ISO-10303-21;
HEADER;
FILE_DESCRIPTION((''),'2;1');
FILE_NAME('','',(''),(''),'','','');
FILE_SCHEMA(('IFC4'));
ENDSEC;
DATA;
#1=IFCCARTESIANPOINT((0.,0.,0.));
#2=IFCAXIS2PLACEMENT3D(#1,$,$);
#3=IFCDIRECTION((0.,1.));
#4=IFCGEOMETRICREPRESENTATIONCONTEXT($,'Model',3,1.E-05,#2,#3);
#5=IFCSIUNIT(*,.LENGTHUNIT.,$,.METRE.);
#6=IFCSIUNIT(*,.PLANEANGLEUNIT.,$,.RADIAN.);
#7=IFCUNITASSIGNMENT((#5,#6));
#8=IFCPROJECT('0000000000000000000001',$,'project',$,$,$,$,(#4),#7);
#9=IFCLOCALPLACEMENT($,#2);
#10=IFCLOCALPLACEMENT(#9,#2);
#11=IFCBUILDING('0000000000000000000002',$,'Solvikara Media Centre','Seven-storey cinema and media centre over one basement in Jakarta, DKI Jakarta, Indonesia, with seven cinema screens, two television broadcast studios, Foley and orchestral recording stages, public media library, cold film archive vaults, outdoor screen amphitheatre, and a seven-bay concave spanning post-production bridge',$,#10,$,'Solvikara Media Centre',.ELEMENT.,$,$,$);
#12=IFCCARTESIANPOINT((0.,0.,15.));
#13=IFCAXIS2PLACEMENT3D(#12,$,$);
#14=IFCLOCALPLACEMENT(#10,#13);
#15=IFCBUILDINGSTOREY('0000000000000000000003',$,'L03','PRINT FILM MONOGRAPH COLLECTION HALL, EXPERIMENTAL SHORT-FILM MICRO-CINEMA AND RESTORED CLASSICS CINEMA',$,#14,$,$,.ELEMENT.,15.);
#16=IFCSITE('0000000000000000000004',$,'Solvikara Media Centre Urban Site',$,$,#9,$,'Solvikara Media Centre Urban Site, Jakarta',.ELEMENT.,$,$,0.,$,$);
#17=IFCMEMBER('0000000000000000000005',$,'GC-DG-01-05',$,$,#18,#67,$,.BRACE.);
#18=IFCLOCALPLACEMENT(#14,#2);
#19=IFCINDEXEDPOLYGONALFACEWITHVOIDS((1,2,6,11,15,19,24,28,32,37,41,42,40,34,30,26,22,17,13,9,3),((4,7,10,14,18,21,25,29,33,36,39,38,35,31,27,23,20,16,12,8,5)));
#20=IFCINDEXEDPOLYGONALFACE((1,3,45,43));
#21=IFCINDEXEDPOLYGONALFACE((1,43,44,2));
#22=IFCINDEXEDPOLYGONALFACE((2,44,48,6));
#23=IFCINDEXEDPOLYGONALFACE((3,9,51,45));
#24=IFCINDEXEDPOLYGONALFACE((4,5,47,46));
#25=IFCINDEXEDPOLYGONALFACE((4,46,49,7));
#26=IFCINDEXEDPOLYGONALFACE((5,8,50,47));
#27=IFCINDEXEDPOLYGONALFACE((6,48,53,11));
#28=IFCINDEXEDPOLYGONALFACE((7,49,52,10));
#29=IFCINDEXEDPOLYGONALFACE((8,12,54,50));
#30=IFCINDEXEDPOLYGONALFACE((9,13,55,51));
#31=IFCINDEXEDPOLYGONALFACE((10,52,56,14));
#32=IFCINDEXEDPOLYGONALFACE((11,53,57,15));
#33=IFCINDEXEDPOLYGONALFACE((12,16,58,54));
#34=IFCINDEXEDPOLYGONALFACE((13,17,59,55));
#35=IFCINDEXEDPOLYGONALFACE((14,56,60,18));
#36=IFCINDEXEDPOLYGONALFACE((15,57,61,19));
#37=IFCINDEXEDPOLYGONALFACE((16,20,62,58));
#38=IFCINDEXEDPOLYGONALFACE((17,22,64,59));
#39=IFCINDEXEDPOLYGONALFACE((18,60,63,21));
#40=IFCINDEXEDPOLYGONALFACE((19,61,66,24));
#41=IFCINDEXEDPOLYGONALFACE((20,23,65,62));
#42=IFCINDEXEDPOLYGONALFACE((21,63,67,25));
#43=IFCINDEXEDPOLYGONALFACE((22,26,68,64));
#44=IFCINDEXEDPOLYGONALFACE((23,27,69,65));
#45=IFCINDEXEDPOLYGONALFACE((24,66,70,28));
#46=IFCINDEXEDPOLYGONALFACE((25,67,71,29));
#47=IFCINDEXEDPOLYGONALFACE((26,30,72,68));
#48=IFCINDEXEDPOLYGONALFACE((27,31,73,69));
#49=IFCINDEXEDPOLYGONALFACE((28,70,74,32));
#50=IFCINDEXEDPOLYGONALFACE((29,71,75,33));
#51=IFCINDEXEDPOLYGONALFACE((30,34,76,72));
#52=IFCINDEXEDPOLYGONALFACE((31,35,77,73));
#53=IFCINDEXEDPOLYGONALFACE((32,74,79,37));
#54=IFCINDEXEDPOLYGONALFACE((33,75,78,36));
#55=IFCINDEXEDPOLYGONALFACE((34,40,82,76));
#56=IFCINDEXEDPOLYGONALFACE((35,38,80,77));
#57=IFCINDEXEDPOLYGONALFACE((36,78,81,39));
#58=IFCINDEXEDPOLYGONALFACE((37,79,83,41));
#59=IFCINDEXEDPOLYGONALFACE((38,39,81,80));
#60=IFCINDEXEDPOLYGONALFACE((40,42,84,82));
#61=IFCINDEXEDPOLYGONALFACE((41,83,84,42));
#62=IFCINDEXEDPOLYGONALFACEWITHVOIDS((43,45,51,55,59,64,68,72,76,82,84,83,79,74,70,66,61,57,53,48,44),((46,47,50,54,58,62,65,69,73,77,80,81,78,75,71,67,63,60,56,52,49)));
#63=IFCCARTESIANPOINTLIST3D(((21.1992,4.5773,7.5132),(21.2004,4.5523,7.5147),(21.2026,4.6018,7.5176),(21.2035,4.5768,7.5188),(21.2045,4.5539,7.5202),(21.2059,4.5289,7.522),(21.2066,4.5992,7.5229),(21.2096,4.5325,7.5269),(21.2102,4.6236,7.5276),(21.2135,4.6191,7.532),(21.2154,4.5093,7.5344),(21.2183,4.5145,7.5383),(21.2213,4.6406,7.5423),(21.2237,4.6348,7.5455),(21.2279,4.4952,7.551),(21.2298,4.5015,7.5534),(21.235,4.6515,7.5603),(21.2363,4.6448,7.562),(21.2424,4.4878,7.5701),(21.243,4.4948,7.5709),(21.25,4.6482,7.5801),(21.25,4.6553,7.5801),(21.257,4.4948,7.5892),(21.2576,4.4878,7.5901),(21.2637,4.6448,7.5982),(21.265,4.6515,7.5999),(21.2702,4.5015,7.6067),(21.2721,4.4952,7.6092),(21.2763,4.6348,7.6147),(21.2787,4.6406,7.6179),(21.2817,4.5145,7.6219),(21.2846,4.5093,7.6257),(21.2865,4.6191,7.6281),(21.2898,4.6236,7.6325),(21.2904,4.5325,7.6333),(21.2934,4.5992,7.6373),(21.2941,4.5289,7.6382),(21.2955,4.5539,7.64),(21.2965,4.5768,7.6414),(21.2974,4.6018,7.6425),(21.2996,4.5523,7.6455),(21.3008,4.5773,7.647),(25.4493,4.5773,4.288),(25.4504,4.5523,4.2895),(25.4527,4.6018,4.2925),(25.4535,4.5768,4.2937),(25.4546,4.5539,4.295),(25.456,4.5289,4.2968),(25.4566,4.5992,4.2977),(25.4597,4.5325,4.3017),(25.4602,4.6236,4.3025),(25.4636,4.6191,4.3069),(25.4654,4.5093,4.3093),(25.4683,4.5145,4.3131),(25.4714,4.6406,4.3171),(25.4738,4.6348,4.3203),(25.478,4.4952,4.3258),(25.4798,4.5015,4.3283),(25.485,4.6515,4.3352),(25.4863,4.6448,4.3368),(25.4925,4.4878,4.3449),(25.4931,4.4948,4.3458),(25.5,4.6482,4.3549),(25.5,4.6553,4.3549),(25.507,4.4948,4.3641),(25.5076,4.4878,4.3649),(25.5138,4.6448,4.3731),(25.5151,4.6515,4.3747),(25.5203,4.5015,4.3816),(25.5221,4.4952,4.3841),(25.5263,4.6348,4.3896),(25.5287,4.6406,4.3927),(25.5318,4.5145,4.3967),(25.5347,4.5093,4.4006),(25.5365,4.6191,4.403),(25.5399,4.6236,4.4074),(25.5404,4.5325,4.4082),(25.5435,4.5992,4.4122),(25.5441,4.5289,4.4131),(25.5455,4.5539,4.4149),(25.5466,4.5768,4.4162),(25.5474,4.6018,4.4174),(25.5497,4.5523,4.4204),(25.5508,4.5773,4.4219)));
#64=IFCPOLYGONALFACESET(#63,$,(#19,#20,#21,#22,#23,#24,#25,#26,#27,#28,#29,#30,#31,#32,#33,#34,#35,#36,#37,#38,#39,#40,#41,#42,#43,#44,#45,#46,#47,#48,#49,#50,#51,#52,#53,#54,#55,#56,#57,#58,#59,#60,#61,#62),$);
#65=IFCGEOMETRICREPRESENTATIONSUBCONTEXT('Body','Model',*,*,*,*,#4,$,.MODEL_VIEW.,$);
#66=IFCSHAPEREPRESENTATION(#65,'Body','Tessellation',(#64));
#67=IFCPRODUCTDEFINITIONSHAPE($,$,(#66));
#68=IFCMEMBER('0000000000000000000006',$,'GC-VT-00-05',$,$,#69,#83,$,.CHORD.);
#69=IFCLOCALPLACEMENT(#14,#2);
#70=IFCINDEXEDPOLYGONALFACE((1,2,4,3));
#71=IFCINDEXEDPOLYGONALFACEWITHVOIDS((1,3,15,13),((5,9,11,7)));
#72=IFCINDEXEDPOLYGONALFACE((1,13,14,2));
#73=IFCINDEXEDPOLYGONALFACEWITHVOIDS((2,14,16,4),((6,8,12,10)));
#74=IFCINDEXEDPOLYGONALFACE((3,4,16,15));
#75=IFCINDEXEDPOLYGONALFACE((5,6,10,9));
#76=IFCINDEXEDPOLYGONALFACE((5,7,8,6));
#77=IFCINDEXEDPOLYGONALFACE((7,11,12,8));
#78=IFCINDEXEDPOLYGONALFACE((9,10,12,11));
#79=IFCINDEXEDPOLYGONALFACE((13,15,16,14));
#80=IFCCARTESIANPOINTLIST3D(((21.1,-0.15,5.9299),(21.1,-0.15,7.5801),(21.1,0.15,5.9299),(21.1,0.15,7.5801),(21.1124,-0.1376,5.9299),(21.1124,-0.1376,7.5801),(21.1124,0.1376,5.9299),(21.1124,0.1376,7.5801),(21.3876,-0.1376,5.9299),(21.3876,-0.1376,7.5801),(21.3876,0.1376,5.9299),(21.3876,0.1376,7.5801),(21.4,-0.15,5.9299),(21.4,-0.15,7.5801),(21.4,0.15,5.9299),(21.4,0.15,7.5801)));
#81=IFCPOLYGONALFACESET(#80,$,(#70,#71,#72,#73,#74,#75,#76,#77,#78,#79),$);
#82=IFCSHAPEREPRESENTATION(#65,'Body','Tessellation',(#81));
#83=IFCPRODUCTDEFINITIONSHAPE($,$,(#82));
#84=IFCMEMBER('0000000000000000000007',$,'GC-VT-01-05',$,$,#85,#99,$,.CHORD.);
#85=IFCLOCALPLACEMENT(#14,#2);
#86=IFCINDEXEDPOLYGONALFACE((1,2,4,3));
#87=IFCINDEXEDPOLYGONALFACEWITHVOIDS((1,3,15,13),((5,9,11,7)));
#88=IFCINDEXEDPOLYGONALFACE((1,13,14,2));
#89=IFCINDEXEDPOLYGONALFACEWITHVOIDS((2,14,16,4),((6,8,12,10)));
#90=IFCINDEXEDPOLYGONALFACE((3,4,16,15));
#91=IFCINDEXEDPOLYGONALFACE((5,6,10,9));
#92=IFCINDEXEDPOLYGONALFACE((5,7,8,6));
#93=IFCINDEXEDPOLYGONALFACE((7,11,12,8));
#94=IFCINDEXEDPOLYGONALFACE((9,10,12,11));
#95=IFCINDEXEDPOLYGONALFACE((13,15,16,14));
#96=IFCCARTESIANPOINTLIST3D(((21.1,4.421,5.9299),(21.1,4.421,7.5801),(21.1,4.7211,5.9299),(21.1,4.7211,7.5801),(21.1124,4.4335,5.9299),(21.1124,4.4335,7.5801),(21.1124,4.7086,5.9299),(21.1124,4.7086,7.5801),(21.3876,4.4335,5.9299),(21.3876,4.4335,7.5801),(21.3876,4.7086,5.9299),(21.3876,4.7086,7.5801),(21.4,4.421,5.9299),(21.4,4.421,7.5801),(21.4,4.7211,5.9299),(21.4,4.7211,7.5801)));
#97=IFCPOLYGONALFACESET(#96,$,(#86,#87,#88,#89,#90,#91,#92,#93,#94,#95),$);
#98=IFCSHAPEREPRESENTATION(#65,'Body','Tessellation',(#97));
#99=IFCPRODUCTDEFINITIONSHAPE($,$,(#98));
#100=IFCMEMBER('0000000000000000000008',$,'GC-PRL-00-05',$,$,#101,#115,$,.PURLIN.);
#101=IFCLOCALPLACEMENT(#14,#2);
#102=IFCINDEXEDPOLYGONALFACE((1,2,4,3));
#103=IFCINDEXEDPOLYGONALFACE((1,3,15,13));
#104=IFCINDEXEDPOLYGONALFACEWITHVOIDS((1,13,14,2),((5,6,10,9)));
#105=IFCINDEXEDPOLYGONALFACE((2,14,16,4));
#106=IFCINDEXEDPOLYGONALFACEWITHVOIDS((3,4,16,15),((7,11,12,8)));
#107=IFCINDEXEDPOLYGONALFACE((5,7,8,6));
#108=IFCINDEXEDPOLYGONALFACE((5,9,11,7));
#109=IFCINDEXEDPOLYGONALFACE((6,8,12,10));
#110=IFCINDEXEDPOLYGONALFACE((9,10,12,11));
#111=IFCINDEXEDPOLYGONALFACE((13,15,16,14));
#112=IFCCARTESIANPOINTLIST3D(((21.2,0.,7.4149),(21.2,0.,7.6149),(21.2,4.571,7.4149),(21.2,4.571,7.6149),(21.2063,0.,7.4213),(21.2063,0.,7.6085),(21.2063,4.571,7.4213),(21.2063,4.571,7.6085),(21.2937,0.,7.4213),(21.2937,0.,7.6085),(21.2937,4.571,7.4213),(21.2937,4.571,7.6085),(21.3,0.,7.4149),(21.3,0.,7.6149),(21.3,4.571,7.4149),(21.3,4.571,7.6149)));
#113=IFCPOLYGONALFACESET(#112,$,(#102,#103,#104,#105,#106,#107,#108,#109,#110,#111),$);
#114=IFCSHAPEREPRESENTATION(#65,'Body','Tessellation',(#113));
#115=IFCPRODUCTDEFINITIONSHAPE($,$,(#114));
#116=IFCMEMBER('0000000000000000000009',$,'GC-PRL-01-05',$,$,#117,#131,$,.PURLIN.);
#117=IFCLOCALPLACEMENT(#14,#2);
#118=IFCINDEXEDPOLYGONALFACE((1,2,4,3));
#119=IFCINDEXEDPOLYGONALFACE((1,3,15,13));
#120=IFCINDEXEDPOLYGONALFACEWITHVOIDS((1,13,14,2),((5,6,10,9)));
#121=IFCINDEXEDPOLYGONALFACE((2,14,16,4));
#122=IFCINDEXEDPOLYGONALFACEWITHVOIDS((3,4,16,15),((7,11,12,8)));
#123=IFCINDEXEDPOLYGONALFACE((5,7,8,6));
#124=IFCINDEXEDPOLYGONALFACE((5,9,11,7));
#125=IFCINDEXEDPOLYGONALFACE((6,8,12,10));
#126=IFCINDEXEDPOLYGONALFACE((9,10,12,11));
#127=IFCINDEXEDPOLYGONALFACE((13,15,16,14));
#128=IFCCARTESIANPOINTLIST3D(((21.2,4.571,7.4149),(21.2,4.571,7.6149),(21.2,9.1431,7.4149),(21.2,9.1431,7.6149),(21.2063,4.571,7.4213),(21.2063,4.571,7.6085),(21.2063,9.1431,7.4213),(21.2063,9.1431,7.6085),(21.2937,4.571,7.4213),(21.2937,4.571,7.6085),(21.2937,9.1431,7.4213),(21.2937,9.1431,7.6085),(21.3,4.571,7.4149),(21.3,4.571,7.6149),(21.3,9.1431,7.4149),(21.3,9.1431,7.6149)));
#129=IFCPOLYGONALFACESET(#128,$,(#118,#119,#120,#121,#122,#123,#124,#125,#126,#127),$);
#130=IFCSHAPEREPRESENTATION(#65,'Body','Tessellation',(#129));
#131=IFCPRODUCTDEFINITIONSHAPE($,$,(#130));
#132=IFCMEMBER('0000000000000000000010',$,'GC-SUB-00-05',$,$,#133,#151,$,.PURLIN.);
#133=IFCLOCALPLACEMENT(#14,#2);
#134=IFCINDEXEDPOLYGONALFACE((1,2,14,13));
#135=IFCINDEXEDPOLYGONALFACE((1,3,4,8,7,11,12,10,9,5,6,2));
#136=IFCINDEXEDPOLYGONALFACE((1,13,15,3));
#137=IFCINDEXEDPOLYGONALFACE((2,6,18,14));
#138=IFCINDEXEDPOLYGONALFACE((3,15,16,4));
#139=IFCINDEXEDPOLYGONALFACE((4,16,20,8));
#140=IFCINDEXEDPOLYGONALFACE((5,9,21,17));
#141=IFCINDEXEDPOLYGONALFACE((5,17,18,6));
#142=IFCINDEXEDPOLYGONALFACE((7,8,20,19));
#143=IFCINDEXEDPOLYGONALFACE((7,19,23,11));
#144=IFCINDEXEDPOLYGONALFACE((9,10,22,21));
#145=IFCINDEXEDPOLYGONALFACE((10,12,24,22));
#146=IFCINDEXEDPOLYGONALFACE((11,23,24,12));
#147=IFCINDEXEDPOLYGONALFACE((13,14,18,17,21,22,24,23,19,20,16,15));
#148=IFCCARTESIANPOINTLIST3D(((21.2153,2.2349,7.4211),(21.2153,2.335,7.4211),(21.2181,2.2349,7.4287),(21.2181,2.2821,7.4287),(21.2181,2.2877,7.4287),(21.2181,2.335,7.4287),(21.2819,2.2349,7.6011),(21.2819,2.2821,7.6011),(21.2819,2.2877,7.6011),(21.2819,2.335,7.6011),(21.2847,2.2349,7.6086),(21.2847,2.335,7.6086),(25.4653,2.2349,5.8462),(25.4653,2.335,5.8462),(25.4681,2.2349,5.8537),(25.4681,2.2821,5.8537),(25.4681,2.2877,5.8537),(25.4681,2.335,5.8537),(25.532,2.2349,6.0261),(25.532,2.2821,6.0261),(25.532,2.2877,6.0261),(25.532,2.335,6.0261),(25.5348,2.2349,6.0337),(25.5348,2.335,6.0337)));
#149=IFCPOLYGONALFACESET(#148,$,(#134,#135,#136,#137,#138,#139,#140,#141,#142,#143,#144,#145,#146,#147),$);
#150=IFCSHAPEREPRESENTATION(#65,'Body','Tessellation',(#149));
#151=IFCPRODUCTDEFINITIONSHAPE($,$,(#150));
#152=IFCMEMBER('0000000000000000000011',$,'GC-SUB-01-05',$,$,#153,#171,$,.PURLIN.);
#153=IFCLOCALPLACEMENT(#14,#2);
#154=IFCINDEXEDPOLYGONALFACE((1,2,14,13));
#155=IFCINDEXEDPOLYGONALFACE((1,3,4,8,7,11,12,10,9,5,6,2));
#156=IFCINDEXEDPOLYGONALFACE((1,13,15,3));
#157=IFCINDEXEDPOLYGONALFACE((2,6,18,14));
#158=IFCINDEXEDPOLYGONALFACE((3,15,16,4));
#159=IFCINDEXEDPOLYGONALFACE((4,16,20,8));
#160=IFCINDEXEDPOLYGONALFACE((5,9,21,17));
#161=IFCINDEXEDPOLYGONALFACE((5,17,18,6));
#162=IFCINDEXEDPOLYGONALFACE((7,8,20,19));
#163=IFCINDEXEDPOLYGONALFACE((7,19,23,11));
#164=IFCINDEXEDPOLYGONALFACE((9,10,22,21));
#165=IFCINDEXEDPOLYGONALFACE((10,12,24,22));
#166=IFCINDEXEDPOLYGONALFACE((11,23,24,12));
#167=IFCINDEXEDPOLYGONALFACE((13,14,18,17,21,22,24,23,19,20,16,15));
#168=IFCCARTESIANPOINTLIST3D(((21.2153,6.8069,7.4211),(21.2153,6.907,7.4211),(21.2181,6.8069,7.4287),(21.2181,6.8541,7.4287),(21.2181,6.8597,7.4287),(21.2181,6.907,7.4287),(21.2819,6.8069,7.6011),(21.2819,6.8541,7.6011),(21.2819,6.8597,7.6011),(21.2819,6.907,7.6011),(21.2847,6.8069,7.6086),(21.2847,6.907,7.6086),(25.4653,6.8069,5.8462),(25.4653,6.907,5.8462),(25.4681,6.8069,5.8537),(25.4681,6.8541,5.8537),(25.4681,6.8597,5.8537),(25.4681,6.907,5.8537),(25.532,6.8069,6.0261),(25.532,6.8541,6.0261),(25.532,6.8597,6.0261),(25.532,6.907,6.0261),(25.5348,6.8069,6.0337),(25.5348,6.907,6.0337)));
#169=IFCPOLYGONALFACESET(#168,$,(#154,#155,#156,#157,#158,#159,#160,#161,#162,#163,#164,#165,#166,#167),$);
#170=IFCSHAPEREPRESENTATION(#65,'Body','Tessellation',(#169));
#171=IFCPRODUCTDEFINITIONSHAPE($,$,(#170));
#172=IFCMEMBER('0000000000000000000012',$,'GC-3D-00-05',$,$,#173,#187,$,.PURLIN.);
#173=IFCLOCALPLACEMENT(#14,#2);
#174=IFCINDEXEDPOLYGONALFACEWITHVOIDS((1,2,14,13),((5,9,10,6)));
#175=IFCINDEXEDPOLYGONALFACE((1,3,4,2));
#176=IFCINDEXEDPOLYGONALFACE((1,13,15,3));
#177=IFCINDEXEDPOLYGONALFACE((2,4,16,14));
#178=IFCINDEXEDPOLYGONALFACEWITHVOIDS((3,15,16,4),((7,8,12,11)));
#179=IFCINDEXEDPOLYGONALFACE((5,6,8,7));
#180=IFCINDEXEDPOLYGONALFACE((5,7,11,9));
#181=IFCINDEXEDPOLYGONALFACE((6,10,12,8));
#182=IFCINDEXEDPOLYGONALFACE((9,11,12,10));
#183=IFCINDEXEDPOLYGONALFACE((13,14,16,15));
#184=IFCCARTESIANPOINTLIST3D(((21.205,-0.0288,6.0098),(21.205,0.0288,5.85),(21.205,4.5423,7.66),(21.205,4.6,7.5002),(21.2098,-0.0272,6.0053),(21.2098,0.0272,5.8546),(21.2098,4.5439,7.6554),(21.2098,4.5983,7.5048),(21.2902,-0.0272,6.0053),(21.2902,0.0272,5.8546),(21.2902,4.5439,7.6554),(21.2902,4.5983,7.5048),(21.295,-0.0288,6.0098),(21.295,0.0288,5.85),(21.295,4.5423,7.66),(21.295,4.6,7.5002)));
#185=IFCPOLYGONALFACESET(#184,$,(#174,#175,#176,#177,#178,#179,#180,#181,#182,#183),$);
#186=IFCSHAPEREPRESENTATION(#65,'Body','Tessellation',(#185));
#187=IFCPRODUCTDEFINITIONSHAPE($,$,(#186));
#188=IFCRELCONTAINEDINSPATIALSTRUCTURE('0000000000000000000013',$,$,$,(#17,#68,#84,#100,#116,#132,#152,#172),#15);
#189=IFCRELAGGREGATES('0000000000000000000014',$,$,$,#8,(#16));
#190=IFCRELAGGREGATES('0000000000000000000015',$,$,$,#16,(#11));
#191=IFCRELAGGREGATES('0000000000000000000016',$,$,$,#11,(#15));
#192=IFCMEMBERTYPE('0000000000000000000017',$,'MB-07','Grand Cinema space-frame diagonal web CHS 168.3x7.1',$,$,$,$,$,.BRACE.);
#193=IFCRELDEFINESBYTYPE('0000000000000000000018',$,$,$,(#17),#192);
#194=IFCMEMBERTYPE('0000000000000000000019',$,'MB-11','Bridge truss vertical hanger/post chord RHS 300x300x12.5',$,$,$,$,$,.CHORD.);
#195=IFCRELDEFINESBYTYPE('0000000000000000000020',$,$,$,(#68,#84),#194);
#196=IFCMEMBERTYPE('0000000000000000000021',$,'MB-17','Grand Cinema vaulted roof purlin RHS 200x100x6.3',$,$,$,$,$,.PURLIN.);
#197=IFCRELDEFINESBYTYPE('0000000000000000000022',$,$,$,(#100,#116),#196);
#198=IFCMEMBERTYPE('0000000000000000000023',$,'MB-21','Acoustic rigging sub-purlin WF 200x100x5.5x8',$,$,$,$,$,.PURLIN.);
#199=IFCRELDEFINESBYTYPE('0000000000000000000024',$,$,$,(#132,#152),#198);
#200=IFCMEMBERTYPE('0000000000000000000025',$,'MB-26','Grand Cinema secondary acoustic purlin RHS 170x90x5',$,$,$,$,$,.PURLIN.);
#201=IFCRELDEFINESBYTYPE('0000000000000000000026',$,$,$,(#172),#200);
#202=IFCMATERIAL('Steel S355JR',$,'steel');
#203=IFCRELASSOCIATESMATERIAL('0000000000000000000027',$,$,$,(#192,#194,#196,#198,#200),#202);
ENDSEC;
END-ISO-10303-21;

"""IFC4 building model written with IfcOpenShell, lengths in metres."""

from ifc_helpers import new_model, si_unit, direction, frame, origin, origin_2d, place, context, subcontext, project, spatial, hollow_rectangle, hollow_circle, i_section, extrude, material, material_profile, profile_set, type_object, element, save


model = new_model("IFC4")

# Units and contexts
model_context = context("Model", 3, precision=1e-05, world=origin(), true_north=direction((0.0, 1.0)))
body_context = subcontext(model_context, "Body", "Model", "MODEL_VIEW")
ifc_project = project(units=[si_unit("LENGTHUNIT", "METRE"), si_unit("PLANEANGLEUNIT", "RADIAN")], contexts=[model_context])

# Site, building, storey
site_placement = place(None, origin())
site = spatial("IfcSite", under=ifc_project, at=site_placement, Name="Solvikara Media Centre Urban Site", LongName="Solvikara Media Centre Urban Site, Jakarta", CompositionType="ELEMENT", RefElevation=0.0)
building_placement = place(site_placement, origin())
building = spatial("IfcBuilding", under=site, at=building_placement, Name="Solvikara Media Centre", Description="Seven-storey cinema and media centre over one basement in Jakarta, DKI Jakarta, Indonesia, with seven cinema screens, two television broadcast studios, Foley and orchestral recording stages, public media library, cold film archive vaults, outdoor screen amphitheatre, and a seven-bay concave spanning post-production bridge", LongName="Solvikara Media Centre", CompositionType="ELEMENT")
storey_placement = place(building_placement, frame((0.0, 0.0, 15.0)))
storey = spatial("IfcBuildingStorey", under=building, at=storey_placement, Name="L03", Description="PRINT FILM MONOGRAPH COLLECTION HALL, EXPERIMENTAL SHORT-FILM MICRO-CINEMA AND RESTORED CLASSICS CINEMA", CompositionType="ELEMENT", Elevation=15.0)

# Members
ifc_material_1 = material(Name="Steel S355JR", Category="steel")
ifc_material_profile_1 = material_profile(ifc_material_1, hollow_circle(Radius=0.0842, WallThickness=0.0071, at=origin_2d()), Name="CHS 168.3x7.1")
ifc_profile_set_1 = profile_set([ifc_material_profile_1], Name="Steel S355JR")
member_type_1 = type_object("IfcMemberType", Name="MB-07", Description="Grand Cinema space-frame diagonal web CHS 168.3x7.1", PredefinedType="BRACE", material=ifc_profile_set_1)
for number, where, z_axis, x_axis, name in (
    (1, (21.25, 4.571, 7.5801), (0.796605, 0.0, -0.604501), (0.0, 1.0, 0.0), "GC-DG-01-05"),
):
    element("IfcMember", number, at=place(storey_placement, frame(where, z_axis=z_axis, x_axis=x_axis)), inside=storey, type_object=member_type_1, Name=name, PredefinedType="BRACE", context=body_context, shape_type="SweptSolid", body=[
        extrude(hollow_circle(Radius=0.0842, WallThickness=0.0071, at=origin_2d()), origin(), (0.0, 0.0, 1.0), 5.3352),
    ])
ifc_material_profile_2 = material_profile(ifc_material_1, hollow_rectangle(XDim=0.3, YDim=0.3, WallThickness=0.0125, at=origin_2d()), Name="RHS 300x300x12.5")
ifc_profile_set_2 = profile_set([ifc_material_profile_2], Name="Steel S355JR")
member_type_2 = type_object("IfcMemberType", Name="MB-11", Description="Bridge truss vertical hanger/post chord RHS 300x300x12.5", PredefinedType="CHORD", material=ifc_profile_set_2)
for number, where, z_axis, x_axis, name in (
    (2, (21.25, 0.0, 5.9299), (0.0, 0.0, 1.0), (1.0, 0.0, 0.0), "GC-VT-00-05"),
    (3, (21.25, 4.571, 5.9299), (0.0, 0.0, 1.0), (1.0, 0.0, 0.0), "GC-VT-01-05"),
):
    element("IfcMember", number, at=place(storey_placement, frame(where, z_axis=z_axis, x_axis=x_axis)), inside=storey, type_object=member_type_2, Name=name, PredefinedType="CHORD", context=body_context, shape_type="SweptSolid", body=[
        extrude(hollow_rectangle(XDim=0.3, YDim=0.3, WallThickness=0.0125, at=origin_2d()), origin(), (0.0, 0.0, 1.0), 1.6501),
    ])
ifc_material_profile_3 = material_profile(ifc_material_1, hollow_rectangle(XDim=0.1001, YDim=0.2, WallThickness=0.0063, at=origin_2d()), Name="RHS 200x100x6.3")
ifc_profile_set_3 = profile_set([ifc_material_profile_3], Name="Steel S355JR")
member_type_3 = type_object("IfcMemberType", Name="MB-17", Description="Grand Cinema vaulted roof purlin RHS 200x100x6.3", PredefinedType="PURLIN", material=ifc_profile_set_3)
member_1_placement = place(storey_placement, frame((21.25, 0.0, 7.5149), z_axis=(0.0, 1.0, 0.0), x_axis=(-1.0, 0.0, 0.0)))
element("IfcMember", 4, at=member_1_placement, inside=storey, type_object=member_type_3, Name="GC-PRL-00-05", PredefinedType="PURLIN", context=body_context, shape_type="SweptSolid", body=[
    extrude(hollow_rectangle(XDim=0.1001, YDim=0.2, WallThickness=0.0063, at=origin_2d()), origin(), (0.0, 0.0, 1.0), 4.571),
])
member_2_placement = place(storey_placement, frame((21.25, 4.571, 7.5149), z_axis=(0.0, 1.0, 0.0), x_axis=(-1.0, 0.0, 0.0)))
element("IfcMember", 5, at=member_2_placement, inside=storey, type_object=member_type_3, Name="GC-PRL-01-05", PredefinedType="PURLIN", context=body_context, shape_type="SweptSolid", body=[
    extrude(hollow_rectangle(XDim=0.1001, YDim=0.2, WallThickness=0.0063, at=origin_2d()), origin(), (0.0, 0.0, 1.0), 4.572),
])
ifc_material_profile_4 = material_profile(ifc_material_1, i_section(OverallWidth=0.1001, OverallDepth=0.2, WebThickness=0.0056, FlangeThickness=0.0081, at=origin_2d()), Name="WF 200x100x5.5x8")
ifc_profile_set_4 = profile_set([ifc_material_profile_4], Name="Steel S355JR")
member_type_4 = type_object("IfcMemberType", Name="MB-21", Description="Acoustic rigging sub-purlin WF 200x100x5.5x8", PredefinedType="PURLIN", material=ifc_profile_set_4)
for number, where, z_axis, x_axis, name in (
    (6, (21.25, 2.2849, 7.5149), (0.937686, 0.0, -0.347485), (0.0, 1.0, 0.0), "GC-SUB-00-05"),
    (7, (21.25, 6.8569, 7.5149), (0.937686, 0.0, -0.347485), (0.0, 1.0, 0.0), "GC-SUB-01-05"),
):
    element("IfcMember", number, at=place(storey_placement, frame(where, z_axis=z_axis, x_axis=x_axis)), inside=storey, type_object=member_type_4, Name=name, PredefinedType="PURLIN", context=body_context, shape_type="SweptSolid", body=[
        extrude(i_section(OverallWidth=0.1001, OverallDepth=0.2, WebThickness=0.0056, FlangeThickness=0.0081, at=origin_2d()), origin(), (0.0, 0.0, 1.0), 4.5325),
    ])
ifc_material_profile_5 = material_profile(ifc_material_1, hollow_rectangle(XDim=0.0901, YDim=0.1699, WallThickness=0.0049, at=origin_2d()), Name="RHS 170x90x5")
ifc_profile_set_5 = profile_set([ifc_material_profile_5], Name="Steel S355JR")
member_type_5 = type_object("IfcMemberType", Name="MB-26", Description="Grand Cinema secondary acoustic purlin RHS 170x90x5", PredefinedType="PURLIN", material=ifc_profile_set_5)
member_3_placement = place(storey_placement, frame((21.25, 0.0, 5.9299), z_axis=(0.0, 0.940587, 0.339552), x_axis=(-1.0, 0.0, 0.0)))
element("IfcMember", 8, at=member_3_placement, inside=storey, type_object=member_type_5, Name="GC-3D-00-05", PredefinedType="PURLIN", context=body_context, shape_type="SweptSolid", body=[
    extrude(hollow_rectangle(XDim=0.0901, YDim=0.1699, WallThickness=0.0049, at=origin_2d()), origin(), (0.0, 0.0, 1.0), 4.8599),
])

save(model, "model.ifc")
